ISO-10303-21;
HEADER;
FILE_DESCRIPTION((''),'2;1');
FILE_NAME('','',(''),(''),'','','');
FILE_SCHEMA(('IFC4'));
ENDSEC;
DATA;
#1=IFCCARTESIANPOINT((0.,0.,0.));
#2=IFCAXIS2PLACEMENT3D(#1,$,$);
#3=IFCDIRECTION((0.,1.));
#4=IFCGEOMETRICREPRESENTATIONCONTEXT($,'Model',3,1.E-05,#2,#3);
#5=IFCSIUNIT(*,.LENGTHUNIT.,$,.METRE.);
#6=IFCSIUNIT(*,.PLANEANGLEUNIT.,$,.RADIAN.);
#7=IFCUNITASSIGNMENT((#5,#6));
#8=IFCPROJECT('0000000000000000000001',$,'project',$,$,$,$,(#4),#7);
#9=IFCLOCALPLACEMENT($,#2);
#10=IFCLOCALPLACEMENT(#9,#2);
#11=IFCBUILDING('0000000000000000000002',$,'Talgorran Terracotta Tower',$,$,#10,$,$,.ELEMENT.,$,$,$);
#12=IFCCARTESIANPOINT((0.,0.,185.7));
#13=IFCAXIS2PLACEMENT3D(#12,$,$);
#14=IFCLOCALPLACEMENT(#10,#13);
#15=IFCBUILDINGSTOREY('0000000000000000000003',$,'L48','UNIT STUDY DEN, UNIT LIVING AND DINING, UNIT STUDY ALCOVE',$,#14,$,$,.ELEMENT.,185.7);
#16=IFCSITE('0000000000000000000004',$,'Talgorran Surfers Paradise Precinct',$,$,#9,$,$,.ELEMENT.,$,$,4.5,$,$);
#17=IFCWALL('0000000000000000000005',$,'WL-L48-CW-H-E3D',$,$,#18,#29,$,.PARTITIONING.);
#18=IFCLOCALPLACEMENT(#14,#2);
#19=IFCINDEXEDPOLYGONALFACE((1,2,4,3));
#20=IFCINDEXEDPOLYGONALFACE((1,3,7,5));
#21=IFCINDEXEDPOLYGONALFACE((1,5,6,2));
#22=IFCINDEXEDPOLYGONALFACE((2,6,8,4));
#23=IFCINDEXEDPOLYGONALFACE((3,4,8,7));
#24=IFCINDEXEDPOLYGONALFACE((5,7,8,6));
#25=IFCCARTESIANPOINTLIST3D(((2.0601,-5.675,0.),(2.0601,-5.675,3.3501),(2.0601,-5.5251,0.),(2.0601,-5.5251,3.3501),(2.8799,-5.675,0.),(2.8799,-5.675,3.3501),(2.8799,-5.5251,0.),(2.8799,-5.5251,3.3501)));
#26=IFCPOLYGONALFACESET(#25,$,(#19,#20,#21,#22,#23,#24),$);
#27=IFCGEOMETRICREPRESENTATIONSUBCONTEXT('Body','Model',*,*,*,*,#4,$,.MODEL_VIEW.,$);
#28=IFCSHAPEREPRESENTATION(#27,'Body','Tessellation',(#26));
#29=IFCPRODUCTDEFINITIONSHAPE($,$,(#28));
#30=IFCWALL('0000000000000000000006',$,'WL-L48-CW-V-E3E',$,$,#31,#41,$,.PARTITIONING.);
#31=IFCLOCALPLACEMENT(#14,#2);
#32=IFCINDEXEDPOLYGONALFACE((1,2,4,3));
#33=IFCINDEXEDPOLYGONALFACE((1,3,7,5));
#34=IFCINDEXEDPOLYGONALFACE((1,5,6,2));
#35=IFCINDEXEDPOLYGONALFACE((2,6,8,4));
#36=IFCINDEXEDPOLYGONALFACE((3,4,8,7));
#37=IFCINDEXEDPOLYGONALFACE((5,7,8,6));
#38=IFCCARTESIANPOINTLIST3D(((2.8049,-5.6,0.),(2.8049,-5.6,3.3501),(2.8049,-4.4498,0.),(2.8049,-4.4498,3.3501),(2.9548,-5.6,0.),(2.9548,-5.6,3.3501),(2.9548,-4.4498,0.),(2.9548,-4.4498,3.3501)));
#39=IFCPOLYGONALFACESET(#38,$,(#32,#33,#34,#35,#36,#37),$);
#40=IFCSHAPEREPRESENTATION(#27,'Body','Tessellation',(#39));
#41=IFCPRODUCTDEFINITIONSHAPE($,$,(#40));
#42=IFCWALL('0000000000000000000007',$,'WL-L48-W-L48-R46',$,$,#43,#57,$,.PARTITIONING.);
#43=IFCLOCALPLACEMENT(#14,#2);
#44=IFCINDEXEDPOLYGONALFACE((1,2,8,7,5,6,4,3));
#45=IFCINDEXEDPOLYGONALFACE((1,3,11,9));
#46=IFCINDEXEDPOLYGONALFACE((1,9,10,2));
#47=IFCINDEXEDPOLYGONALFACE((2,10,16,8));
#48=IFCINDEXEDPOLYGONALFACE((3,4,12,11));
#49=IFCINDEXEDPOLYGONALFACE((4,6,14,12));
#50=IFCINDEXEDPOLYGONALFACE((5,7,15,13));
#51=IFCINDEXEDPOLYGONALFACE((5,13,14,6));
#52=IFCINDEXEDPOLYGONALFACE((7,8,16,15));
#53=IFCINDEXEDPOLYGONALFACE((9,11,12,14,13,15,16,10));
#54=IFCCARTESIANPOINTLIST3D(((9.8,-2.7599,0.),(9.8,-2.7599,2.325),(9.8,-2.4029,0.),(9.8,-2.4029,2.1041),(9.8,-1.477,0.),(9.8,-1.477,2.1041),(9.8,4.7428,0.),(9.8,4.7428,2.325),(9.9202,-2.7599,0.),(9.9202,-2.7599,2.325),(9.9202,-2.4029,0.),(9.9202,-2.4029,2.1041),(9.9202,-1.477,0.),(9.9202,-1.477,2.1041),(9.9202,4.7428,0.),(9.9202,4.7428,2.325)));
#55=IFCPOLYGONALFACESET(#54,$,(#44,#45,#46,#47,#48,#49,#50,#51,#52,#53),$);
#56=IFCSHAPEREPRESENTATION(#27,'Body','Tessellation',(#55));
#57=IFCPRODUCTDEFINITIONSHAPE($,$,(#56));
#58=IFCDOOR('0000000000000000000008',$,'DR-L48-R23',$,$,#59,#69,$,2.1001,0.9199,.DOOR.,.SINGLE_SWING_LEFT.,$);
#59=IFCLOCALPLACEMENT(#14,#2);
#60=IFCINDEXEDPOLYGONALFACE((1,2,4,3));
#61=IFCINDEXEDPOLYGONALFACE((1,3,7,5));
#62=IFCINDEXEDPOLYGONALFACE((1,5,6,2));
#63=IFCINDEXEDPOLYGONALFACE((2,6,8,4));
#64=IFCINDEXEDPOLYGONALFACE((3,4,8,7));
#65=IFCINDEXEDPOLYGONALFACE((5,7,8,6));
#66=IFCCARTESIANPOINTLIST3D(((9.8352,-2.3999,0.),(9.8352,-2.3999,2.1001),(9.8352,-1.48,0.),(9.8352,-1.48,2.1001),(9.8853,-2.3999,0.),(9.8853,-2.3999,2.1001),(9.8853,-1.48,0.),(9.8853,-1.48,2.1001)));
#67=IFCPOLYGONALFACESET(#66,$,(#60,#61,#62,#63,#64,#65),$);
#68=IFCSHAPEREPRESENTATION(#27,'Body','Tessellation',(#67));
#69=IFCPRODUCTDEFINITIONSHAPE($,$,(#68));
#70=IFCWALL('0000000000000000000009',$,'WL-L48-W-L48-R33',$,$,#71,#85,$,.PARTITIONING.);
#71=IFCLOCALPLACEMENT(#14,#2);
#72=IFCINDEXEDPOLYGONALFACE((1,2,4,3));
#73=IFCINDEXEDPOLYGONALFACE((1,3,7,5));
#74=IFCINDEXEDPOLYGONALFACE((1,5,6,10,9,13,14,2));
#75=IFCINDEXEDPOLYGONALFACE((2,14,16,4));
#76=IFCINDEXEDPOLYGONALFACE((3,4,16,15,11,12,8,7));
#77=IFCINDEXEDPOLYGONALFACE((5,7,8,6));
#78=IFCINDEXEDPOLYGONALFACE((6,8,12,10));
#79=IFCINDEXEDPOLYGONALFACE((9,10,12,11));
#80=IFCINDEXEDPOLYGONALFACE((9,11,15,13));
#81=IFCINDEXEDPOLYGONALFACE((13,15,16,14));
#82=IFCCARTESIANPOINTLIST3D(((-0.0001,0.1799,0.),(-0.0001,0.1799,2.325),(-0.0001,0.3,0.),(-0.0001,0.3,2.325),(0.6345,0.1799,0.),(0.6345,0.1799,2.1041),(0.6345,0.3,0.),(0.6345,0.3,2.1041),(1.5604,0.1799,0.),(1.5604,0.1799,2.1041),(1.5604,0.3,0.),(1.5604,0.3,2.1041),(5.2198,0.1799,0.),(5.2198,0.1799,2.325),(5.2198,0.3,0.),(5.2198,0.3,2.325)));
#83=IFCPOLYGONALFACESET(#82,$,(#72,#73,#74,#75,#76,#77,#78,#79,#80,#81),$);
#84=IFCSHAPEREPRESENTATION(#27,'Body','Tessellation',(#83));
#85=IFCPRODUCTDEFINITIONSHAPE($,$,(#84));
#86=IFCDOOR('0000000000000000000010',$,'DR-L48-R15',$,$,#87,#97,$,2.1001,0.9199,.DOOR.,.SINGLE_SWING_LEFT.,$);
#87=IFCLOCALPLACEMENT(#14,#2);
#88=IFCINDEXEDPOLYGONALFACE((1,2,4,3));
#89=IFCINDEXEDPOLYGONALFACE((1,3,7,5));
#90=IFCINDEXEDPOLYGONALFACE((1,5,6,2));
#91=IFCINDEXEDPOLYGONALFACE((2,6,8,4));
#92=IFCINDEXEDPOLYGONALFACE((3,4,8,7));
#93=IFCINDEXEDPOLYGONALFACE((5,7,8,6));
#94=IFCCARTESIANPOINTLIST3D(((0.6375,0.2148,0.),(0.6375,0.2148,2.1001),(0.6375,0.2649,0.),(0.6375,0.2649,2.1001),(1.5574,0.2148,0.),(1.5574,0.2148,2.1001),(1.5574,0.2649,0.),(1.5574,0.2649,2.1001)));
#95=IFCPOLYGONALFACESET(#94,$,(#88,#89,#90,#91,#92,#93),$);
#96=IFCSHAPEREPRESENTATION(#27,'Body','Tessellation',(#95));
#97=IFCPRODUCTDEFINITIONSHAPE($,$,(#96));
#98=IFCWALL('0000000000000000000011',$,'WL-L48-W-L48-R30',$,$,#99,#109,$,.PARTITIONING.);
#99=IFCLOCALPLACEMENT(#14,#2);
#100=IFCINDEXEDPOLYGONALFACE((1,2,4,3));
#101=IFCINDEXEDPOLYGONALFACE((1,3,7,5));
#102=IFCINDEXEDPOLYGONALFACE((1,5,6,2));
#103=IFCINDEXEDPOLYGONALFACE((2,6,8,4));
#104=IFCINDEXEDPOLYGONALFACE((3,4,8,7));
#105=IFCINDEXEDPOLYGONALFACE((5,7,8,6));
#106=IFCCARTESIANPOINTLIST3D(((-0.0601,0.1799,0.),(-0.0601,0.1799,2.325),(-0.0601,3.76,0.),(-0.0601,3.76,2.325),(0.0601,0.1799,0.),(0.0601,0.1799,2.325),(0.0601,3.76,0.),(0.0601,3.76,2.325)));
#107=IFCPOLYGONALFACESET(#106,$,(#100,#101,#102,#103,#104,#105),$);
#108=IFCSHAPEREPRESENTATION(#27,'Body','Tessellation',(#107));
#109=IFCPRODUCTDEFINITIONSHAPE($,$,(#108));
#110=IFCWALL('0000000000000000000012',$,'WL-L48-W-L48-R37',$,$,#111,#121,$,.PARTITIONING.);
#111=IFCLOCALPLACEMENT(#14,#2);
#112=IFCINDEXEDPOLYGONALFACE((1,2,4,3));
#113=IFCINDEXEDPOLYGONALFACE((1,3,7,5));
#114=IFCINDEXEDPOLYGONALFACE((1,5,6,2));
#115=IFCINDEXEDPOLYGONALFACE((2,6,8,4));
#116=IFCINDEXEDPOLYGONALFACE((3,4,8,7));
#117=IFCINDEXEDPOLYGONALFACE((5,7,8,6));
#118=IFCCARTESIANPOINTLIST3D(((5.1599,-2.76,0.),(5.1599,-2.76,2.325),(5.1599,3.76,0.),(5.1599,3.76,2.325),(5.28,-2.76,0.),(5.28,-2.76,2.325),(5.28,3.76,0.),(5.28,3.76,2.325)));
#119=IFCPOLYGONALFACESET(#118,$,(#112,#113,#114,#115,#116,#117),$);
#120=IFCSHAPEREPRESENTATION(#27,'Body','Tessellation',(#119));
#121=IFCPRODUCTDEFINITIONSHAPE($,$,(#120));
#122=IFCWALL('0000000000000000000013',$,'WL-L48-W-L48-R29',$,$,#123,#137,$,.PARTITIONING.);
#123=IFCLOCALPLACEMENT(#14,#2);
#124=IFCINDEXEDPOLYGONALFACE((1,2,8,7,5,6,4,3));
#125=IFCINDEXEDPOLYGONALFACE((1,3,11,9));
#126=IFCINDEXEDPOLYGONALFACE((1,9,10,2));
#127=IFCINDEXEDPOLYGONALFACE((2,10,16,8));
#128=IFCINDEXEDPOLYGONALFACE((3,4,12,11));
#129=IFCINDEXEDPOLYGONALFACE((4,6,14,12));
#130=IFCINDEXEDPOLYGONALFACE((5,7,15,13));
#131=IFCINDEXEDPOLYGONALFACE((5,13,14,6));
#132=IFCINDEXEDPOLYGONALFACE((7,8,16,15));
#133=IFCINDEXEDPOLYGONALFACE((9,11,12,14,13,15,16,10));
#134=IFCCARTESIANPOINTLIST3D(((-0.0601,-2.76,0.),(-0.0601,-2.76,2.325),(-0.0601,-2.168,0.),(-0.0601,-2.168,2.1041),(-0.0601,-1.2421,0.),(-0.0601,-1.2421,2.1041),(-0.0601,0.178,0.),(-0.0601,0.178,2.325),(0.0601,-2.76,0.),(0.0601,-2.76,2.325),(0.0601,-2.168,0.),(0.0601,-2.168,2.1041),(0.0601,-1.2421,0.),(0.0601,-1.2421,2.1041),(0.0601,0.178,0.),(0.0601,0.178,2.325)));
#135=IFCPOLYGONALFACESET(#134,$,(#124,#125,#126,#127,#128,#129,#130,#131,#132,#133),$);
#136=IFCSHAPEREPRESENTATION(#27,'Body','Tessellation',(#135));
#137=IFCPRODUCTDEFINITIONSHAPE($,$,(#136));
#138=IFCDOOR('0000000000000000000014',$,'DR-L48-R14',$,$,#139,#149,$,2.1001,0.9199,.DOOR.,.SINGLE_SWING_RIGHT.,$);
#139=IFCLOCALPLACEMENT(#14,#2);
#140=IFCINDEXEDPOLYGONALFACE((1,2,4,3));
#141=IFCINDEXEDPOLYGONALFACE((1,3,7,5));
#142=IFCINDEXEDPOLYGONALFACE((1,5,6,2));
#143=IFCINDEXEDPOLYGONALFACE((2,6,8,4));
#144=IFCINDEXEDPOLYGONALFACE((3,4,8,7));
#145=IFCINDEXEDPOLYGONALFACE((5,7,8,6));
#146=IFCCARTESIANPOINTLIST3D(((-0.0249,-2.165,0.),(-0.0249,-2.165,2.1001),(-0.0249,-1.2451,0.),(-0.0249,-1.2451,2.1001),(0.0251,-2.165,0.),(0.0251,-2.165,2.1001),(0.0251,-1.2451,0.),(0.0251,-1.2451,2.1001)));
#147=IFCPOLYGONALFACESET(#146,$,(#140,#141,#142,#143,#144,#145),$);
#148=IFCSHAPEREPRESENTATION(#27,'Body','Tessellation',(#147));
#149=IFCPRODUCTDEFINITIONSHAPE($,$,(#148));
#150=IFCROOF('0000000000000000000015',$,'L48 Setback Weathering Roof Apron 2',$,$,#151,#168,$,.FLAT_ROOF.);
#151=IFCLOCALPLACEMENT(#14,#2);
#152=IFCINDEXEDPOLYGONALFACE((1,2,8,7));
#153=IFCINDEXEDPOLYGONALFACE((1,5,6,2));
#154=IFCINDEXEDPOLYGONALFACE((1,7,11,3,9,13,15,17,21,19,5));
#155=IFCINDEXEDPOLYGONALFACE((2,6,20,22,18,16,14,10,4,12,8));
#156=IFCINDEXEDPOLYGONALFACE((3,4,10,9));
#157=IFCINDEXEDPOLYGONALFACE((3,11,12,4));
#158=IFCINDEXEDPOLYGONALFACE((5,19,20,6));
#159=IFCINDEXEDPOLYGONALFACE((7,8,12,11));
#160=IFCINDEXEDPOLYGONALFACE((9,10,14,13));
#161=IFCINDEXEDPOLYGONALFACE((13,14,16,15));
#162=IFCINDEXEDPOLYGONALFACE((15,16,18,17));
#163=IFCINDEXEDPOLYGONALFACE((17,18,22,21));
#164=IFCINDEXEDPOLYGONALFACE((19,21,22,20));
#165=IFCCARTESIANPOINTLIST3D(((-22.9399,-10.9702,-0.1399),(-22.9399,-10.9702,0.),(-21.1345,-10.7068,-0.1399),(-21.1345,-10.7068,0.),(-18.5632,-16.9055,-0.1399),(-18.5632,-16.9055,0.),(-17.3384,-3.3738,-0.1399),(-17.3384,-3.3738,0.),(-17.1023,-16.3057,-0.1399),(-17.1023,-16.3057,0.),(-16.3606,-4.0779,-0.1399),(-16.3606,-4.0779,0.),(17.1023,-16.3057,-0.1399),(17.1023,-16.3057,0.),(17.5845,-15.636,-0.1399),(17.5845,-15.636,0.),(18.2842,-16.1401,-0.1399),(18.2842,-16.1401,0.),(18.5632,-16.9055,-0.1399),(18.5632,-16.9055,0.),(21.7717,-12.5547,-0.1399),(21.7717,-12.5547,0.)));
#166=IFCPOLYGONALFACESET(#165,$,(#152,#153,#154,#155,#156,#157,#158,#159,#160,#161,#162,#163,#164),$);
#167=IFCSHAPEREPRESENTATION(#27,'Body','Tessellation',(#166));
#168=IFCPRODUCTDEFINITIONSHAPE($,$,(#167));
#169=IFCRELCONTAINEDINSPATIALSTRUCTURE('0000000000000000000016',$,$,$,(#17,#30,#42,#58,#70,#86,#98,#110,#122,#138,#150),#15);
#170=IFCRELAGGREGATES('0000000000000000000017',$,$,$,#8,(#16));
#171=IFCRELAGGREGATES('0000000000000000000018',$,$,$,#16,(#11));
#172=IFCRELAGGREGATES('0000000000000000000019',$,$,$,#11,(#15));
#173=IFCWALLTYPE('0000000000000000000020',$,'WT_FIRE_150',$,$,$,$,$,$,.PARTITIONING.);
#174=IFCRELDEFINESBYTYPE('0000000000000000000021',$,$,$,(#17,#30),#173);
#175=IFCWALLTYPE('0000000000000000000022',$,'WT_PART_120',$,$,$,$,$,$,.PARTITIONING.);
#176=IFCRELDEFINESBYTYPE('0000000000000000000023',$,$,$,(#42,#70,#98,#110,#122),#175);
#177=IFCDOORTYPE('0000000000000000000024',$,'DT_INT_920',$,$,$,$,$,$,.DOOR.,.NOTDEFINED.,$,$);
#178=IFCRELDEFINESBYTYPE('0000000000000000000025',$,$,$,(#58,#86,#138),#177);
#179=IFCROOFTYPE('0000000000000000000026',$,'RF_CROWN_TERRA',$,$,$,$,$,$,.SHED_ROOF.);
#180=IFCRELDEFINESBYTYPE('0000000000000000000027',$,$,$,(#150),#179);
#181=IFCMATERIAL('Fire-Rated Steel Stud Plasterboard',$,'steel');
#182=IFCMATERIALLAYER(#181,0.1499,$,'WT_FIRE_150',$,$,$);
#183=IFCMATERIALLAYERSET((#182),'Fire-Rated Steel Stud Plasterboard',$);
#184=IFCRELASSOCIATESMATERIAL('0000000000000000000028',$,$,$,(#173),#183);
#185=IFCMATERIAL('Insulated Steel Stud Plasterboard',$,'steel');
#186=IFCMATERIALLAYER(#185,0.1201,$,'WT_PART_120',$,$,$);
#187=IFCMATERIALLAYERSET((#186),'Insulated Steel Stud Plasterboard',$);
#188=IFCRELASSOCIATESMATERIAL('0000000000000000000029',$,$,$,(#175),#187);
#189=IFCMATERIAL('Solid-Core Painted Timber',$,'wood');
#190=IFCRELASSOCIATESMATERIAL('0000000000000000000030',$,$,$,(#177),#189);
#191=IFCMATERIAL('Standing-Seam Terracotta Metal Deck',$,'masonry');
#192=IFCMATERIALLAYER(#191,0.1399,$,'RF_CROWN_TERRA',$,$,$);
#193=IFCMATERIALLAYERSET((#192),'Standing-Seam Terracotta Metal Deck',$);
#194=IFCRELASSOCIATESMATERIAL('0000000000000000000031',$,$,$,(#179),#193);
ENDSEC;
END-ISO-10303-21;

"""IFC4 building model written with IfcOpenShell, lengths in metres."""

from ifc_helpers import new_model, si_unit, direction, frame, frame_2d, origin, place, context, subcontext, project, spatial, polyline, rectangle, outline, extrude, material, layer, layer_set, type_object, element, fill, save


model = new_model("IFC4")

# Units and contexts
model_context = context("Model", 3, precision=1e-05, world=origin(), true_north=direction((0.0, 1.0)))
body_context = subcontext(model_context, "Body", "Model", "MODEL_VIEW")
ifc_project = project(units=[si_unit("LENGTHUNIT", "METRE"), si_unit("PLANEANGLEUNIT", "RADIAN")], contexts=[model_context])

# Site, building, storey
site_placement = place(None, origin())
site = spatial("IfcSite", under=ifc_project, at=site_placement, Name="Talgorran Surfers Paradise Precinct", CompositionType="ELEMENT", RefElevation=4.5)
building_placement = place(site_placement, origin())
building = spatial("IfcBuilding", under=site, at=building_placement, Name="Talgorran Terracotta Tower", CompositionType="ELEMENT")
storey_placement = place(building_placement, frame((0.0, 0.0, 185.7)))
storey = spatial("IfcBuildingStorey", under=building, at=storey_placement, Name="L48", Description="UNIT STUDY DEN, UNIT LIVING AND DINING, UNIT STUDY ALCOVE", CompositionType="ELEMENT", Elevation=185.7)

# Walls
ifc_material_1 = material(Name="Fire-Rated Steel Stud Plasterboard", Category="steel")
ifc_layer_1 = layer(ifc_material_1, 0.1499, Name="WT_FIRE_150")
ifc_layer_set_1 = layer_set([ifc_layer_1], Name="Fire-Rated Steel Stud Plasterboard")
wall_type_1 = type_object("IfcWallType", Name="WT_FIRE_150", PredefinedType="PARTITIONING", material=ifc_layer_set_1)
wall_1_placement = place(storey_placement, frame((2.0601, -5.6001, 0.0), z_axis=(0.0, 0.0, 1.0), x_axis=(1.0, 0.0, 0.0)))
element("IfcWall", 1, at=wall_1_placement, inside=storey, type_object=wall_type_1, Name="WL-L48-CW-H-E3D", PredefinedType="PARTITIONING", context=body_context, shape_type="SweptSolid", body=[
    extrude(rectangle(XDim=0.8198, YDim=0.1499, at=frame_2d((0.4099, 0.0))), origin(), (0.0, 0.0, 1.0), 3.3501),
])
wall_2_placement = place(storey_placement, frame((2.8799, -5.6001, 0.0), z_axis=(0.0, 0.0, 1.0), x_axis=(0.0, 1.0, 0.0)))
element("IfcWall", 2, at=wall_2_placement, inside=storey, type_object=wall_type_1, Name="WL-L48-CW-V-E3E", PredefinedType="PARTITIONING", context=body_context, shape_type="SweptSolid", body=[
    extrude(rectangle(XDim=1.1501, YDim=0.1499, at=frame_2d((0.5752, 0.0))), origin(), (0.0, 0.0, 1.0), 3.3501),
])

# Walls, openings, doors
ifc_material_2 = material(Name="Insulated Steel Stud Plasterboard", Category="steel")
ifc_layer_2 = layer(ifc_material_2, 0.1201, Name="WT_PART_120")
ifc_layer_set_2 = layer_set([ifc_layer_2], Name="Insulated Steel Stud Plasterboard")
wall_type_2 = type_object("IfcWallType", Name="WT_PART_120", PredefinedType="PARTITIONING", material=ifc_layer_set_2)
wall_3_placement = place(storey_placement, frame((9.8601, -2.76, 0.0), z_axis=(0.0, 0.0, 1.0), x_axis=(0.0, 1.0, 0.0)))
wall_3 = element("IfcWall", 3, at=wall_3_placement, inside=storey, type_object=wall_type_2, Name="WL-L48-W-L48-R46", PredefinedType="PARTITIONING", context=body_context, shape_type="SweptSolid", body=[
    extrude(rectangle(XDim=7.5027, YDim=0.1201, at=frame_2d((3.7515, 0.0))), origin(), (0.0, 0.0, 1.0), 2.325),
])
opening_1_placement = place(wall_3_placement, frame((0.3601, 0.0, 0.0)))
opening_1 = element("IfcOpeningElement", 4, at=opening_1_placement, cuts=wall_3, PredefinedType="OPENING", context=body_context, shape_type="SweptSolid", body=[
    extrude(rectangle(XDim=0.9259, YDim=2.1041, at=frame_2d((0.46, 1.052))), frame((0.0, 0.0701, 0.0), z_axis=(0.0, -1.0, 0.0), x_axis=(1.0, 0.0, 0.0)), (0.0, 0.0, 1.0), 0.1401),
])
ifc_material_3 = material(Name="Solid-Core Painted Timber", Category="wood")
door_type = type_object("IfcDoorType", Name="DT_INT_920", OperationType="NOTDEFINED", PredefinedType="DOOR", material=ifc_material_3)
door_1_placement = place(opening_1_placement, origin())
door_1 = element("IfcDoor", 5, at=door_1_placement, inside=storey, type_object=door_type, Name="DR-L48-R23", OperationType="SINGLE_SWING_LEFT", OverallHeight=2.1001, OverallWidth=0.9199, PredefinedType="DOOR", context=body_context, shape_type="SweptSolid", body=[
    extrude(rectangle(XDim=0.9199, YDim=2.1001, at=frame_2d((0.46, 1.05))), frame((0.0, 0.0249, 0.0), z_axis=(0.0, -1.0, 0.0), x_axis=(1.0, 0.0, 0.0)), (0.0, 0.0, 1.0), 0.05),
])
fill(opening_1, door_1)
wall_4_placement = place(storey_placement, frame((0.0, 0.24, 0.0), z_axis=(0.0, 0.0, 1.0), x_axis=(1.0, 0.0, 0.0)))
wall_4 = element("IfcWall", 6, at=wall_4_placement, inside=storey, type_object=wall_type_2, Name="WL-L48-W-L48-R33", PredefinedType="PARTITIONING", context=body_context, shape_type="SweptSolid", body=[
    extrude(rectangle(XDim=5.22, YDim=0.1201, at=frame_2d((2.6099, 0.0))), origin(), (0.0, 0.0, 1.0), 2.325),
])
opening_2_placement = place(wall_4_placement, frame((0.6375, 0.0, 0.0)))
opening_2 = element("IfcOpeningElement", 7, at=opening_2_placement, cuts=wall_4, PredefinedType="OPENING", context=body_context, shape_type="SweptSolid", body=[
    extrude(rectangle(XDim=0.9259, YDim=2.1041, at=frame_2d((0.46, 1.052))), frame((0.0, 0.0701, 0.0), z_axis=(0.0, -1.0, 0.0), x_axis=(1.0, 0.0, 0.0)), (0.0, 0.0, 1.0), 0.1401),
])
door_2_placement = place(opening_2_placement, origin())
door_2 = element("IfcDoor", 8, at=door_2_placement, inside=storey, type_object=door_type, Name="DR-L48-R15", OperationType="SINGLE_SWING_LEFT", OverallHeight=2.1001, OverallWidth=0.9199, PredefinedType="DOOR", context=body_context, shape_type="SweptSolid", body=[
    extrude(rectangle(XDim=0.9199, YDim=2.1001, at=frame_2d((0.46, 1.05))), frame((0.0, 0.0249, 0.0), z_axis=(0.0, -1.0, 0.0), x_axis=(1.0, 0.0, 0.0)), (0.0, 0.0, 1.0), 0.05),
])
fill(opening_2, door_2)

# Walls
wall_5_placement = place(storey_placement, frame((0.0, 0.1799, 0.0), z_axis=(0.0, 0.0, 1.0), x_axis=(0.0, 1.0, 0.0)))
element("IfcWall", 9, at=wall_5_placement, inside=storey, type_object=wall_type_2, Name="WL-L48-W-L48-R30", PredefinedType="PARTITIONING", context=body_context, shape_type="SweptSolid", body=[
    extrude(rectangle(XDim=3.5801, YDim=0.1201, at=frame_2d((1.79, 0.0))), origin(), (0.0, 0.0, 1.0), 2.325),
])
wall_6_placement = place(storey_placement, frame((5.22, -2.76, 0.0), z_axis=(0.0, 0.0, 1.0), x_axis=(0.0, 1.0, 0.0)))
element("IfcWall", 10, at=wall_6_placement, inside=storey, type_object=wall_type_2, Name="WL-L48-W-L48-R37", PredefinedType="PARTITIONING", context=body_context, shape_type="SweptSolid", body=[
    extrude(rectangle(XDim=6.52, YDim=0.1201, at=frame_2d((3.26, 0.0))), origin(), (0.0, 0.0, 1.0), 2.325),
])

# Wall, opening, door
wall_7_placement = place(storey_placement, frame((0.0, -2.76, 0.0), z_axis=(0.0, 0.0, 1.0), x_axis=(0.0, 1.0, 0.0)))
wall_7 = element("IfcWall", 11, at=wall_7_placement, inside=storey, type_object=wall_type_2, Name="WL-L48-W-L48-R29", PredefinedType="PARTITIONING", context=body_context, shape_type="SweptSolid", body=[
    extrude(rectangle(XDim=2.938, YDim=0.1201, at=frame_2d((1.469, 0.0))), origin(), (0.0, 0.0, 1.0), 2.325),
])
opening_3_placement = place(wall_7_placement, frame((0.595, 0.0, 0.0)))
opening_3 = element("IfcOpeningElement", 12, at=opening_3_placement, cuts=wall_7, PredefinedType="OPENING", context=body_context, shape_type="SweptSolid", body=[
    extrude(rectangle(XDim=0.9259, YDim=2.1041, at=frame_2d((0.46, 1.052))), frame((0.0, 0.0701, 0.0), z_axis=(0.0, -1.0, 0.0), x_axis=(1.0, 0.0, 0.0)), (0.0, 0.0, 1.0), 0.1401),
])
door_3_placement = place(opening_3_placement, origin())
door_3 = element("IfcDoor", 13, at=door_3_placement, inside=storey, type_object=door_type, Name="DR-L48-R14", OperationType="SINGLE_SWING_RIGHT", OverallHeight=2.1001, OverallWidth=0.9199, PredefinedType="DOOR", context=body_context, shape_type="SweptSolid", body=[
    extrude(rectangle(XDim=0.9199, YDim=2.1001, at=frame_2d((0.46, 1.05))), frame((0.0, 0.0249, 0.0), z_axis=(0.0, -1.0, 0.0), x_axis=(1.0, 0.0, 0.0)), (0.0, 0.0, 1.0), 0.05),
])
fill(opening_3, door_3)

# Roof
ifc_material_4 = material(Name="Standing-Seam Terracotta Metal Deck", Category="masonry")
ifc_layer_3 = layer(ifc_material_4, 0.1399, Name="RF_CROWN_TERRA")
ifc_layer_set_3 = layer_set([ifc_layer_3], Name="Standing-Seam Terracotta Metal Deck")
roof_type = type_object("IfcRoofType", Name="RF_CROWN_TERRA", PredefinedType="SHED_ROOF", material=ifc_layer_set_3)
roof_1_placement = place(storey_placement, frame((0.0, 0.0, -0.1399)))
element("IfcRoof", 14, at=roof_1_placement, inside=storey, type_object=roof_type, Name="L48 Setback Weathering Roof Apron 2", PredefinedType="FLAT_ROOF", context=body_context, shape_type="SweptSolid", body=[
    extrude(outline(polyline([(-17.1023, -16.3057), (17.1023, -16.3057), (17.5845, -15.636), (18.2842, -16.1401), (21.7717, -12.5547), (18.5632, -16.9055), (-18.5632, -16.9055), (-22.9399, -10.9702), (-17.3384, -3.3738), (-16.3606, -4.0779), (-21.1345, -10.7068), (-17.1023, -16.3057)])), origin(), (0.0, 0.0, 1.0), 0.1399),
])

save(model, "model.ifc")
